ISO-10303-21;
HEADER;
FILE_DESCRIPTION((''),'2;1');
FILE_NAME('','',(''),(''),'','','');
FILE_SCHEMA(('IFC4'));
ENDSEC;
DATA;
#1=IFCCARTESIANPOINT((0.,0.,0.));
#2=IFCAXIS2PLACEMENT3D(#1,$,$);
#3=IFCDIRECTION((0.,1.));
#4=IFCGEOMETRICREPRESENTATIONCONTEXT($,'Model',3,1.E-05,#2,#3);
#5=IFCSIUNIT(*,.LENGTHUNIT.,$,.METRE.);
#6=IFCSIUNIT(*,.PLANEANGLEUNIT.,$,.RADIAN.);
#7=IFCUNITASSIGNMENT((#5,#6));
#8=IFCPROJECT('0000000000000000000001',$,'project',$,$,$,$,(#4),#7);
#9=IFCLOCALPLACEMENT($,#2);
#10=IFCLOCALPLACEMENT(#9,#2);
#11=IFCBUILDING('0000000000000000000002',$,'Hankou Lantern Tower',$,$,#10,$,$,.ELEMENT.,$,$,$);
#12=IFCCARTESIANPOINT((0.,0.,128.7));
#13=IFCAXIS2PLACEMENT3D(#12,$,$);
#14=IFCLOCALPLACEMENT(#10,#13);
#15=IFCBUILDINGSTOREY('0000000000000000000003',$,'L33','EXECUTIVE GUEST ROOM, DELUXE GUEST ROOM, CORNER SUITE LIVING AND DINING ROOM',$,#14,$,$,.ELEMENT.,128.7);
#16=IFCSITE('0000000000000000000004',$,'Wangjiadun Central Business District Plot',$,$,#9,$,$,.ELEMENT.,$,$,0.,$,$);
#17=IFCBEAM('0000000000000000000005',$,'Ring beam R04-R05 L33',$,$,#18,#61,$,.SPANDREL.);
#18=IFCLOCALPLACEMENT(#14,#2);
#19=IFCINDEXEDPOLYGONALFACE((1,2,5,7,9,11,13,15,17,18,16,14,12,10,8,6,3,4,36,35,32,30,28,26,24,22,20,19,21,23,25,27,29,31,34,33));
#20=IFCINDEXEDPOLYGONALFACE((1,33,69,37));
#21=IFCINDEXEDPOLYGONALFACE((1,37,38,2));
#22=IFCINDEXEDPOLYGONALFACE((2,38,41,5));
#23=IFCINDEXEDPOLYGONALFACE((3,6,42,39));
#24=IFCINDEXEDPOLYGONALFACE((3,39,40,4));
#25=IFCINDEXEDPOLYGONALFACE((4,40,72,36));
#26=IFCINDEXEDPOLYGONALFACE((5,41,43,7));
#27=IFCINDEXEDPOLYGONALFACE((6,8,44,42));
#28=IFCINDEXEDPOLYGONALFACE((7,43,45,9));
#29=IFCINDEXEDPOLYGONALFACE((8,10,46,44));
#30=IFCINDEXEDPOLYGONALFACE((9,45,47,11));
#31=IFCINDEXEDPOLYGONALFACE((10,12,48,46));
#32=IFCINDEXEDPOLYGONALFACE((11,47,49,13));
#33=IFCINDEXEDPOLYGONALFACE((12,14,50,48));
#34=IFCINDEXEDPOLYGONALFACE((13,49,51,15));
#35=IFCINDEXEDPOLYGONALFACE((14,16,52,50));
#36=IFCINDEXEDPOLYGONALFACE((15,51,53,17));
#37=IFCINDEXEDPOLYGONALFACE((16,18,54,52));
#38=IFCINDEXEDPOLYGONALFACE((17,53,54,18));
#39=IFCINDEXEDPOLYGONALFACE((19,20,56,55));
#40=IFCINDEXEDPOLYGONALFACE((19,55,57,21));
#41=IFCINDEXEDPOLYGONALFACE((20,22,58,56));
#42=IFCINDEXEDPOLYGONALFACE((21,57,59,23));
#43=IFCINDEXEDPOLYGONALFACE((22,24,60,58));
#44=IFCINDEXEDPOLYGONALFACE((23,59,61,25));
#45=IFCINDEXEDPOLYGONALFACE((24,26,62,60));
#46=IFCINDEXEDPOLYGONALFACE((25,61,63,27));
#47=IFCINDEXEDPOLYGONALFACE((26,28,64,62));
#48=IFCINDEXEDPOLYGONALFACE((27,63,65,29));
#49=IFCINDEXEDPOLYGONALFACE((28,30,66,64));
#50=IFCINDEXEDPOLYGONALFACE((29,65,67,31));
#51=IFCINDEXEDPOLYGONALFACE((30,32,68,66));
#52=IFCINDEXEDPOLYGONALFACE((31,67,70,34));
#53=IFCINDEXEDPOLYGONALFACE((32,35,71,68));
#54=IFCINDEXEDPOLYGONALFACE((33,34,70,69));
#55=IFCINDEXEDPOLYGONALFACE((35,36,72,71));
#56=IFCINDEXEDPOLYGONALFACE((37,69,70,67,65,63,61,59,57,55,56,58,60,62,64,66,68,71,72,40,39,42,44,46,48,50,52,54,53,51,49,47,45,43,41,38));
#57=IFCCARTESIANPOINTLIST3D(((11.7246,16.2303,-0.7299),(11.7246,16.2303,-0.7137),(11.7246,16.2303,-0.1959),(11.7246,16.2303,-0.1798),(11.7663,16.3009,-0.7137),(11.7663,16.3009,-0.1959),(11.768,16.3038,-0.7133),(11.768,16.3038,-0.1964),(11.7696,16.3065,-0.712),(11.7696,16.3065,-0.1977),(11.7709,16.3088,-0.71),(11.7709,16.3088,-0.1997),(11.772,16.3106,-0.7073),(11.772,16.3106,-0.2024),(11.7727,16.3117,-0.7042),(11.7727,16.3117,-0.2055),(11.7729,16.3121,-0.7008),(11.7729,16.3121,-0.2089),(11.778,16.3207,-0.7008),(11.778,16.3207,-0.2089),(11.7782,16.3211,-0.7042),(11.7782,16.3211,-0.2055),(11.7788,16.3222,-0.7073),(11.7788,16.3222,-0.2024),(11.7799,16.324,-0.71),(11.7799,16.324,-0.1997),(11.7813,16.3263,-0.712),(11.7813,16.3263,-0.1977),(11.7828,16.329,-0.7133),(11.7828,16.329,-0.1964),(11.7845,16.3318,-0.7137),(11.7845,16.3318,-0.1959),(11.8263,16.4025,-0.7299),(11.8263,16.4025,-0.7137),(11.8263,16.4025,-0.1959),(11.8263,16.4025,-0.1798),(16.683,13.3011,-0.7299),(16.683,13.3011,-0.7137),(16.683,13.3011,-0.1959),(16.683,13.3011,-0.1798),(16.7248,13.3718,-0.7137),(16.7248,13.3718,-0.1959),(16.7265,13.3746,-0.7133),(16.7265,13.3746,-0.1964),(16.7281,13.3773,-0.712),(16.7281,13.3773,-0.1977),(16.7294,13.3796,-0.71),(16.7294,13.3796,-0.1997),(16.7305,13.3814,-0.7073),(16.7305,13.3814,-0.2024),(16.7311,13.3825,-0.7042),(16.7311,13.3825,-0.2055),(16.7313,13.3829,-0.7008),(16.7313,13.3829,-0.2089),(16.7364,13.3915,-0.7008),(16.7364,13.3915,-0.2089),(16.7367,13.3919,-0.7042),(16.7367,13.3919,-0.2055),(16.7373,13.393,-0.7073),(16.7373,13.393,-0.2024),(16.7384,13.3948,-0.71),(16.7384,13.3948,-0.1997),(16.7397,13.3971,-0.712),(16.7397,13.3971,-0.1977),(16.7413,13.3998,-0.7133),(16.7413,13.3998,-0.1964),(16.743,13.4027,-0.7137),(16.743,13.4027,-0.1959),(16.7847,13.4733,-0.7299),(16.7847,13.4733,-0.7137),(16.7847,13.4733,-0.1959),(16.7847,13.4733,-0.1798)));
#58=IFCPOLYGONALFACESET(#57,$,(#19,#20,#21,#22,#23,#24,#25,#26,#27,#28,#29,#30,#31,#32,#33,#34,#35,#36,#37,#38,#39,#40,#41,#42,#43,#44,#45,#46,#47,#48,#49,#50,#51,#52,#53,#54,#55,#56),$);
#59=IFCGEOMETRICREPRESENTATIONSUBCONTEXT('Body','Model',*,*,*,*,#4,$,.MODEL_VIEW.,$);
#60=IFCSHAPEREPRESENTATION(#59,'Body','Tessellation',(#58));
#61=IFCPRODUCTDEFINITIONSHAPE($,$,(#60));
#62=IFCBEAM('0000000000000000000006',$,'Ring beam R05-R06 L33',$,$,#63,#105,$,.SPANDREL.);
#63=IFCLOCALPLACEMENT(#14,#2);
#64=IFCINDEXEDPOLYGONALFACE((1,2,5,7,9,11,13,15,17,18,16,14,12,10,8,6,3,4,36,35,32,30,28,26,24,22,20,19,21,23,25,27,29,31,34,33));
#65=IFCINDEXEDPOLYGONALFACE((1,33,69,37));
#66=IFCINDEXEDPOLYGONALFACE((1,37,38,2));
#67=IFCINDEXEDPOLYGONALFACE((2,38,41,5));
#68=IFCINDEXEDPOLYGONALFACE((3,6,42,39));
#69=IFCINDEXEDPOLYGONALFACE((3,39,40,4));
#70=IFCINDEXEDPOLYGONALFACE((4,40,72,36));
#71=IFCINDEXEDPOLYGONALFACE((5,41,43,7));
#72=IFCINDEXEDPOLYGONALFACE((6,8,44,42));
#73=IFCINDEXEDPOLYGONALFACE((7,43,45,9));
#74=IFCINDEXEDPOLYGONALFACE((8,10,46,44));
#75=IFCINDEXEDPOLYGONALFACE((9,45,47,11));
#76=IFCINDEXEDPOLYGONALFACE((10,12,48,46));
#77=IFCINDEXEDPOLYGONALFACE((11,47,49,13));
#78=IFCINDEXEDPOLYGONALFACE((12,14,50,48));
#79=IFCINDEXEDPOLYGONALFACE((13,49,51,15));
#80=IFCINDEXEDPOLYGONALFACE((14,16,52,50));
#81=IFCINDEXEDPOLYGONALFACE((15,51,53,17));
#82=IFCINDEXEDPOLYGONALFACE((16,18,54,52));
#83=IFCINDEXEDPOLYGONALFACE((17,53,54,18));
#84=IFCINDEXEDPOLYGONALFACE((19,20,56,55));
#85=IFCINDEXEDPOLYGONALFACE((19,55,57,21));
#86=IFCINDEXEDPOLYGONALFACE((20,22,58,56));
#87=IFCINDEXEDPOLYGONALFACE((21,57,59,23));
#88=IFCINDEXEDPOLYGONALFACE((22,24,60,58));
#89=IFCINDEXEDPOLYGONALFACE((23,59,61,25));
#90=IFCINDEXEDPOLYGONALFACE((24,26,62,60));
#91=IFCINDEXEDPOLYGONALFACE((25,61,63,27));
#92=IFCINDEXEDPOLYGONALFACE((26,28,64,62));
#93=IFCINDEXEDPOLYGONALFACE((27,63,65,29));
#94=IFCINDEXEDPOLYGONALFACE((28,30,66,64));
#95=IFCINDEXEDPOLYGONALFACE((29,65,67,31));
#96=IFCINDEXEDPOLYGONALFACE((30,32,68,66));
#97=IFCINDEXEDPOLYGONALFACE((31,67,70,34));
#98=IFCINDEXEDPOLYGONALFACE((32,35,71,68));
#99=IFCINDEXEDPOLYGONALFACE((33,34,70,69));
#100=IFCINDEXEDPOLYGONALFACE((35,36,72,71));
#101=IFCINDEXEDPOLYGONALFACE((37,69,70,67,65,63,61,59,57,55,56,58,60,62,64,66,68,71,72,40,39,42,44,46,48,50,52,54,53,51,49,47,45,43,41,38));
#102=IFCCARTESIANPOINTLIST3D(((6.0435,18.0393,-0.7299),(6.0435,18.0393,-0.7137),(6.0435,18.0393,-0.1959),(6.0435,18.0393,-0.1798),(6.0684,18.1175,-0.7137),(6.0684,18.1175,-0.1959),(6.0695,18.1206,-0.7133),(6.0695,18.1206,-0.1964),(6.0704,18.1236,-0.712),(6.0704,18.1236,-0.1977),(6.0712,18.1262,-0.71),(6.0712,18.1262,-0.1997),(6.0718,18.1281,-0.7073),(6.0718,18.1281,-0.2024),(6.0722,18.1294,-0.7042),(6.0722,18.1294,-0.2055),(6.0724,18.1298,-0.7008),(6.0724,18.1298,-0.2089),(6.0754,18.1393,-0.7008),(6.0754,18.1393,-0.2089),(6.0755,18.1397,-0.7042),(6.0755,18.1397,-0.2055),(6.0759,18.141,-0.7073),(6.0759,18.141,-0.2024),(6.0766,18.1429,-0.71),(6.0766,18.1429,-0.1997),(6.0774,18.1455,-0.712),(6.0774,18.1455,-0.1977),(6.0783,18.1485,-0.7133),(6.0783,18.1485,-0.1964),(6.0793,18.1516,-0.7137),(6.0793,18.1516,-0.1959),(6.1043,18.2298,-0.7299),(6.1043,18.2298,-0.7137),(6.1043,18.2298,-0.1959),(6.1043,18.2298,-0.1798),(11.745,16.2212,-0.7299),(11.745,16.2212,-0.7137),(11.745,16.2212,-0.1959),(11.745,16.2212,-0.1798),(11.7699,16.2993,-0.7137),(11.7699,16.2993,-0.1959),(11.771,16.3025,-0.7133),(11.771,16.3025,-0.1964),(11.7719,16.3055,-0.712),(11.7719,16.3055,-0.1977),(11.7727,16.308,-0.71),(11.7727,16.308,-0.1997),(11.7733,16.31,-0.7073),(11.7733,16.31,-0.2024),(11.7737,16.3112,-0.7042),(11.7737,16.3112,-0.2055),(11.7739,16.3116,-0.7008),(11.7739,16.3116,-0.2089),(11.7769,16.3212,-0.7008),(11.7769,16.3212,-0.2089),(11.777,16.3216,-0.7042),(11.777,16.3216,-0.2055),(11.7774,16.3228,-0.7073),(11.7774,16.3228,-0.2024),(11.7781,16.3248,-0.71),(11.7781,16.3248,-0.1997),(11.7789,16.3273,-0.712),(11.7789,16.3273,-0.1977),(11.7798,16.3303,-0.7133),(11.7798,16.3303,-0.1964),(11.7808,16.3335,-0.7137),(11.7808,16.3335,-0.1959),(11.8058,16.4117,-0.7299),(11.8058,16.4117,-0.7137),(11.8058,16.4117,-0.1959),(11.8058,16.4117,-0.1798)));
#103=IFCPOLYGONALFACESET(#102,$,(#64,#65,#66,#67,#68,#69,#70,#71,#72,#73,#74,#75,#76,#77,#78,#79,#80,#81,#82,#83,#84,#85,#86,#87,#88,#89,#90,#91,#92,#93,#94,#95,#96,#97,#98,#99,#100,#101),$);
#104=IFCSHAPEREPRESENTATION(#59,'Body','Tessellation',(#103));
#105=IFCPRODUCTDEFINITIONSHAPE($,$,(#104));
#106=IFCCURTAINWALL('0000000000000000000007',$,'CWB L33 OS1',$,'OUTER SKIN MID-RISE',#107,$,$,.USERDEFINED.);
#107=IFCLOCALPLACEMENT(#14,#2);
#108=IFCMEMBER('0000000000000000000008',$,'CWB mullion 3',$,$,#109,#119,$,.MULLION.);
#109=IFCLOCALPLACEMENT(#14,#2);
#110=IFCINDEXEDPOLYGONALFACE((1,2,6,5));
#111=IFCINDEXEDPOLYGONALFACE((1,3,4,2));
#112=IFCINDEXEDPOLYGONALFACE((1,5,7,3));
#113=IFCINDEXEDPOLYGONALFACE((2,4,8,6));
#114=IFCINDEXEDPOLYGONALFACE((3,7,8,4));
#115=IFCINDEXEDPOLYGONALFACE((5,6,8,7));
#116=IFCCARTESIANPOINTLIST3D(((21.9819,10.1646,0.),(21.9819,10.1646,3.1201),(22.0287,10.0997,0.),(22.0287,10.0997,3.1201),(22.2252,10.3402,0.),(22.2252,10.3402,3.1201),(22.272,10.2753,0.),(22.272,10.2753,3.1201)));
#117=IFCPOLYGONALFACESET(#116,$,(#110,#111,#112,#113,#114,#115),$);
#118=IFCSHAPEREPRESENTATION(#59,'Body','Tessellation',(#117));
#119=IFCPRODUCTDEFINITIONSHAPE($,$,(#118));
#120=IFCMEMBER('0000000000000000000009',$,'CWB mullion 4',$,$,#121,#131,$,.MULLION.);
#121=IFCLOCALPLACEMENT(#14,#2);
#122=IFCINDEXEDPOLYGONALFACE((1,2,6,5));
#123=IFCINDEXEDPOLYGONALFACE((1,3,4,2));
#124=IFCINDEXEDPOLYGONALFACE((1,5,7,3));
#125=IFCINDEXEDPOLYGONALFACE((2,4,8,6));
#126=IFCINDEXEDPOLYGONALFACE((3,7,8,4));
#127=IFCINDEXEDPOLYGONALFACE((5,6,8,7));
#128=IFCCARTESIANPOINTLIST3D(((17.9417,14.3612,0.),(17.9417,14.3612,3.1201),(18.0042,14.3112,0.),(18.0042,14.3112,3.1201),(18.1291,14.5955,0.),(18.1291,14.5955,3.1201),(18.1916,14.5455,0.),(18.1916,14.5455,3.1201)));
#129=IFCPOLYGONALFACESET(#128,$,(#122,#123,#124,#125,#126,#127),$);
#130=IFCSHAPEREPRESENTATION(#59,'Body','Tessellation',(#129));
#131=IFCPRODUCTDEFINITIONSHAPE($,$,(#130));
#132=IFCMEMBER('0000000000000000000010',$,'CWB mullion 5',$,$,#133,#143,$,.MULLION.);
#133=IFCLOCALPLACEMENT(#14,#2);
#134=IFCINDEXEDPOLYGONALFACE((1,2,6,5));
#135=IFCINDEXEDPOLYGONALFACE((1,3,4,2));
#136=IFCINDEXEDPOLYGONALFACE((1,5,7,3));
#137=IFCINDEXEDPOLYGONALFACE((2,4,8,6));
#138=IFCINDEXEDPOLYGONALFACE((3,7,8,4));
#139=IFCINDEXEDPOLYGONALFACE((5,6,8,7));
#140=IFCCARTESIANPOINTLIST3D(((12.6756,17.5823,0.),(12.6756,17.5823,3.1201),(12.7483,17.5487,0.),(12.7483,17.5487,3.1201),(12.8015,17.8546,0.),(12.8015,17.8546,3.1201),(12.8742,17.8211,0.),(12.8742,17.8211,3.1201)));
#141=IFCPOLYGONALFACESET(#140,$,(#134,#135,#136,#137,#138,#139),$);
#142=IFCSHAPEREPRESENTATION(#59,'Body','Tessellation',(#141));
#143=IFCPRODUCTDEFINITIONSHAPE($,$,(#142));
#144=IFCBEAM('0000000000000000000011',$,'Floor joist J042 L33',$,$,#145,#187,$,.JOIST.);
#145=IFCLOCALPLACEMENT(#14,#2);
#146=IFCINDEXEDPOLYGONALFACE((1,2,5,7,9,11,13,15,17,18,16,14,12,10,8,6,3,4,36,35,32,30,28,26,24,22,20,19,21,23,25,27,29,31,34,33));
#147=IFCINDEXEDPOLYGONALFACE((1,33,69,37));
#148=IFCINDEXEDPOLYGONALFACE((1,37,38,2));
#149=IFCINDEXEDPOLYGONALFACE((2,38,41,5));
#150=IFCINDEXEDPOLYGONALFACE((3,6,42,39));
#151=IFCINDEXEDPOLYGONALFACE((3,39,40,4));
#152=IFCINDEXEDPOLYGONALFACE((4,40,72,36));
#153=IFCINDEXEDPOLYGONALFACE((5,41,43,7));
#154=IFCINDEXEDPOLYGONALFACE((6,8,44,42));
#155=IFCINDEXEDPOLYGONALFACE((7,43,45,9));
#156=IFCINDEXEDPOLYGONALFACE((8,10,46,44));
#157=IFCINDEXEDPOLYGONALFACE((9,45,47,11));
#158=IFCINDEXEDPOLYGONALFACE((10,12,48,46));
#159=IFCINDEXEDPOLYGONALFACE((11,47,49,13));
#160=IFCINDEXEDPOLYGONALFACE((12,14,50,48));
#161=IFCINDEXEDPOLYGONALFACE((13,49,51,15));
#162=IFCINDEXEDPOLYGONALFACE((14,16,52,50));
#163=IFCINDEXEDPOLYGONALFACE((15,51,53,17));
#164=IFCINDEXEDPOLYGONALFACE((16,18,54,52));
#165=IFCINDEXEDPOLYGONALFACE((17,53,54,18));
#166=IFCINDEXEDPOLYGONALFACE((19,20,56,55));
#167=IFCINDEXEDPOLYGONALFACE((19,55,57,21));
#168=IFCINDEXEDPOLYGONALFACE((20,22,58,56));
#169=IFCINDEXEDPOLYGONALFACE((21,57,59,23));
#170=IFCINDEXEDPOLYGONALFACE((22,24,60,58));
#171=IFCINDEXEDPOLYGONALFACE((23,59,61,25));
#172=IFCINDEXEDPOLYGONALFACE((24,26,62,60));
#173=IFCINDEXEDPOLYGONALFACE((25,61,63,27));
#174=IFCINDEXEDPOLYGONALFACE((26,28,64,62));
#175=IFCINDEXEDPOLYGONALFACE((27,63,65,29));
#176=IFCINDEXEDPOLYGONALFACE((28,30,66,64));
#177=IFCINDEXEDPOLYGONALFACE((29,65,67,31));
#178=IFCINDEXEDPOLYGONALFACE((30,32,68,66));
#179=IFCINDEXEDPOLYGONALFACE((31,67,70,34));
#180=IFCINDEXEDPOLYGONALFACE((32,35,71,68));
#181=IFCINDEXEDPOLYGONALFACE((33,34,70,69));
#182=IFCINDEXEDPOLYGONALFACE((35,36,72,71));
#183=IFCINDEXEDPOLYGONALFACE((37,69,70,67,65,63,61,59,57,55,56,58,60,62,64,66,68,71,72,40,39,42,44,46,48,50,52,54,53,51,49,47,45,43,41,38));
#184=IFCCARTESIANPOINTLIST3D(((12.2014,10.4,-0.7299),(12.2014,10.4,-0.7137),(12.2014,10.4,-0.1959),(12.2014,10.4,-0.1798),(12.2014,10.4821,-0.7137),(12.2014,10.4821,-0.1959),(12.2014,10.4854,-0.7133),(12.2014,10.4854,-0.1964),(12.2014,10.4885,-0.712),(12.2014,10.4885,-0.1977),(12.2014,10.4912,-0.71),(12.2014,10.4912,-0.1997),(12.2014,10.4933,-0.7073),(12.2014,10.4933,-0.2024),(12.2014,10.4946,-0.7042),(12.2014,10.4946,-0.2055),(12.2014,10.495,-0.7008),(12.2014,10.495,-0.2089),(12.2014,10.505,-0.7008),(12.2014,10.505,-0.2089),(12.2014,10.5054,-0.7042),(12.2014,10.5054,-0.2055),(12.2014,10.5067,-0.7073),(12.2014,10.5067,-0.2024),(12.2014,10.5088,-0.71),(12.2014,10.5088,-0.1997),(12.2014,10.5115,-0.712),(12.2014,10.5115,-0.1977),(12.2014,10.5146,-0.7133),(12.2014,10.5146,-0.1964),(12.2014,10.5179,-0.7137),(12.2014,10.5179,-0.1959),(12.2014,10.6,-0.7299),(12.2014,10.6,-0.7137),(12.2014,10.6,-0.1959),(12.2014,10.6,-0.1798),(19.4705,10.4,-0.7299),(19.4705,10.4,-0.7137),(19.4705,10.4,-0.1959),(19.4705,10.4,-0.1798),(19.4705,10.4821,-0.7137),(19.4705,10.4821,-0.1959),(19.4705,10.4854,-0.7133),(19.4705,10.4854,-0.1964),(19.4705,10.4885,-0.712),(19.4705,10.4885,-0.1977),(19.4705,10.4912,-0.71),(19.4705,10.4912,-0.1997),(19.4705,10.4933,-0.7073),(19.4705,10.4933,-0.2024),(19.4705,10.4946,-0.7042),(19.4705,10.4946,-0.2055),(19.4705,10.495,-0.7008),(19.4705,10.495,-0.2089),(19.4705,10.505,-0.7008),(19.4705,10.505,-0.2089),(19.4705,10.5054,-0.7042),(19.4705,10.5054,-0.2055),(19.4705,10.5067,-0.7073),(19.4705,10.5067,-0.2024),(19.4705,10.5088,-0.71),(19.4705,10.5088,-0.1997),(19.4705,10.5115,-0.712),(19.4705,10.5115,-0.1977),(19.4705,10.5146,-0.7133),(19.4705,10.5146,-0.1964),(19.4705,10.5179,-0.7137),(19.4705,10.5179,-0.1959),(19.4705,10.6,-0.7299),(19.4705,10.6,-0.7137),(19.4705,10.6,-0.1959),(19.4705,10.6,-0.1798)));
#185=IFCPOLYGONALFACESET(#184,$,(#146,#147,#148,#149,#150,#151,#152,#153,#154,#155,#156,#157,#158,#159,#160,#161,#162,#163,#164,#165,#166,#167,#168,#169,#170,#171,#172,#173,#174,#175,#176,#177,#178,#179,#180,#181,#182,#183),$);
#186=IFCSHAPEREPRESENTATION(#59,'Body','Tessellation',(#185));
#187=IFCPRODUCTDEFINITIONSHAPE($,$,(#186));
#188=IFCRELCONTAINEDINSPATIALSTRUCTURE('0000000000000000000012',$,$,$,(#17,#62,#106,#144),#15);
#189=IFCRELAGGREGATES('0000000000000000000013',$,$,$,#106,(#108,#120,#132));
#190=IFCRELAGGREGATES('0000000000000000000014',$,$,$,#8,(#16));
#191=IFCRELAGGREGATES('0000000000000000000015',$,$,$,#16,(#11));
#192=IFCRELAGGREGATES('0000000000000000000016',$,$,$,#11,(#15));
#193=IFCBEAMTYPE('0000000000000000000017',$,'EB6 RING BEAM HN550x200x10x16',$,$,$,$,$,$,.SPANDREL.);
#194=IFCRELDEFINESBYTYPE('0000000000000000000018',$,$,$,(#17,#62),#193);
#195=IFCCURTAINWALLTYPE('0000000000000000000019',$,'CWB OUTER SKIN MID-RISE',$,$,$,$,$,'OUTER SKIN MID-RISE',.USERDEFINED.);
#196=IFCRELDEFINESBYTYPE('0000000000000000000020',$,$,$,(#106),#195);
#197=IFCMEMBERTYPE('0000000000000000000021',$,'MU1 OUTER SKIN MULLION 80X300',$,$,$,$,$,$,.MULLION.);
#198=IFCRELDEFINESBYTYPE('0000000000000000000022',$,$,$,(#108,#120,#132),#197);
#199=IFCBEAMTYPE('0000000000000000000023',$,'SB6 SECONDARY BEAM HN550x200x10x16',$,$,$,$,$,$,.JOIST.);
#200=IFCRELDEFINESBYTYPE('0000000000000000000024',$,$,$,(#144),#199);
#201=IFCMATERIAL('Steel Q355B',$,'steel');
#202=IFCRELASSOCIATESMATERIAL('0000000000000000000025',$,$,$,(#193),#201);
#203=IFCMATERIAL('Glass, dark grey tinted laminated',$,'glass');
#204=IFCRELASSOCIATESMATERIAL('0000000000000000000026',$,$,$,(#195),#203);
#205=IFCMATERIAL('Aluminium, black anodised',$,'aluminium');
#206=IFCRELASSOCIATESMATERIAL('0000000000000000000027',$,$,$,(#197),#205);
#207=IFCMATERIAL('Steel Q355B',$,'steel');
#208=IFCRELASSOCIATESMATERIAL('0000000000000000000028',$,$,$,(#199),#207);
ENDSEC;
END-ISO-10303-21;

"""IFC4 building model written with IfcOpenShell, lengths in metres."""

from ifc_helpers import new_model, si_unit, direction, frame, origin, origin_2d, place, context, subcontext, project, spatial, rectangle, i_section, extrude, material, material_profile, profile_set, type_object, element, aggregate, save


model = new_model("IFC4")

# Units and contexts
model_context = context("Model", 3, precision=1e-05, world=origin(), true_north=direction((0.0, 1.0)))
body_context = subcontext(model_context, "Body", "Model", "MODEL_VIEW")
ifc_project = project(units=[si_unit("LENGTHUNIT", "METRE"), si_unit("PLANEANGLEUNIT", "RADIAN")], contexts=[model_context])

# Site, building, storey
site_placement = place(None, origin())
site = spatial("IfcSite", under=ifc_project, at=site_placement, Name="Wangjiadun Central Business District Plot", CompositionType="ELEMENT", RefElevation=0.0)
building_placement = place(site_placement, origin())
building = spatial("IfcBuilding", under=site, at=building_placement, Name="Hankou Lantern Tower", CompositionType="ELEMENT")
storey_placement = place(building_placement, frame((0.0, 0.0, 128.7)))
storey = spatial("IfcBuildingStorey", under=building, at=storey_placement, Name="L33", Description="EXECUTIVE GUEST ROOM, DELUXE GUEST ROOM, CORNER SUITE LIVING AND DINING ROOM", CompositionType="ELEMENT", Elevation=128.7)

# Beams
ifc_material_1 = material(Name="Steel Q355B", Category="steel")
ifc_material_profile_1 = material_profile(ifc_material_1, i_section(OverallWidth=0.2, OverallDepth=0.55, WebThickness=0.01, FlangeThickness=0.0161, FilletRadius=0.0129, at=origin_2d()), Name="HN550x200x10x16")
ifc_profile_set_1 = profile_set([ifc_material_profile_1], Name="Steel Q355B")
beam_type_1 = type_object("IfcBeamType", Name="EB6 RING BEAM HN550x200x10x16", PredefinedType="SPANDREL", material=ifc_profile_set_1)
beam_1_placement = place(storey_placement, frame((16.7339, 13.3872, -0.4548), z_axis=(-0.860989, 0.508624, 0.0), x_axis=(-0.508624, -0.860989, 0.0)))
element("IfcBeam", 1, at=beam_1_placement, inside=storey, type_object=beam_type_1, Name="Ring beam R04-R05 L33", PredefinedType="SPANDREL", context=body_context, shape_type="SweptSolid", body=[
    extrude(i_section(OverallWidth=0.2, OverallDepth=0.55, WebThickness=0.01, FlangeThickness=0.0161, FilletRadius=0.0129, at=origin_2d()), origin(), (0.0, 0.0, 1.0), 5.759),
])
beam_2_placement = place(storey_placement, frame((11.7754, 16.3164, -0.4548), z_axis=(-0.952731, 0.303815, 0.0), x_axis=(-0.303815, -0.952731, 0.0)))
element("IfcBeam", 2, at=beam_2_placement, inside=storey, type_object=beam_type_1, Name="Ring beam R05-R06 L33", PredefinedType="SPANDREL", context=body_context, shape_type="SweptSolid", body=[
    extrude(i_section(OverallWidth=0.2, OverallDepth=0.55, WebThickness=0.01, FlangeThickness=0.0161, FilletRadius=0.0129, at=origin_2d()), origin(), (0.0, 0.0, 1.0), 5.9844),
])

# Curtain wall, members
ifc_material_2 = material(Name="Glass, dark grey tinted laminated", Category="glass")
curtain_wall_type = type_object("IfcCurtainWallType", Name="CWB OUTER SKIN MID-RISE", ElementType="OUTER SKIN MID-RISE", PredefinedType="USERDEFINED", material=ifc_material_2)
curtain_wall_placement = place(storey_placement, origin())
curtain_wall = element("IfcCurtainWall", 3, at=curtain_wall_placement, inside=storey, type_object=curtain_wall_type, Name="CWB L33 OS1", ObjectType="OUTER SKIN MID-RISE", PredefinedType="USERDEFINED")
ifc_material_3 = material(Name="Aluminium, black anodised", Category="aluminium")
ifc_material_profile_2 = material_profile(ifc_material_3, rectangle(XDim=0.0801, YDim=0.3, at=origin_2d()), Name="MU1 80X300")
ifc_profile_set_2 = profile_set([ifc_material_profile_2], Name="Aluminium, black anodised")
member_type_1 = type_object("IfcMemberType", Name="MU1 OUTER SKIN MULLION 80X300", PredefinedType="MULLION", material=ifc_profile_set_2)
member_1_placement = place(storey_placement, frame((22.127, 10.22, 0.0), z_axis=(0.0, 0.0, 1.0), x_axis=(-0.585206, 0.810885, 0.0)))
member_1 = element("IfcMember", 4, at=member_1_placement, type_object=member_type_1, Name="CWB mullion 3", PredefinedType="MULLION", context=body_context, shape_type="SweptSolid", body=[
    extrude(rectangle(XDim=0.0801, YDim=0.3, at=origin_2d()), origin(), (0.0, 0.0, 1.0), 3.1201),
])
member_2_placement = place(storey_placement, frame((18.0667, 14.4534, 0.0), z_axis=(0.0, 0.0, 1.0), x_axis=(-0.780869, 0.624695, 0.0)))
member_2 = element("IfcMember", 5, at=member_2_placement, type_object=member_type_1, Name="CWB mullion 4", PredefinedType="MULLION", context=body_context, shape_type="SweptSolid", body=[
    extrude(rectangle(XDim=0.0801, YDim=0.3, at=origin_2d()), origin(), (0.0, 0.0, 1.0), 3.1201),
])
member_3_placement = place(storey_placement, frame((12.7749, 17.7017, 0.0), z_axis=(0.0, 0.0, 1.0), x_axis=(-0.907841, 0.419314, 0.0)))
member_3 = element("IfcMember", 6, at=member_3_placement, type_object=member_type_1, Name="CWB mullion 5", PredefinedType="MULLION", context=body_context, shape_type="SweptSolid", body=[
    extrude(rectangle(XDim=0.0801, YDim=0.3, at=origin_2d()), origin(), (0.0, 0.0, 1.0), 3.1201),
])

# Beam
ifc_material_4 = material(Name="Steel Q355B", Category="steel")
ifc_material_profile_3 = material_profile(ifc_material_4, i_section(OverallWidth=0.2, OverallDepth=0.55, WebThickness=0.01, FlangeThickness=0.0161, FilletRadius=0.0129, at=origin_2d()), Name="HN550x200x10x16")
ifc_profile_set_3 = profile_set([ifc_material_profile_3], Name="Steel Q355B")
beam_type_2 = type_object("IfcBeamType", Name="SB6 SECONDARY BEAM HN550x200x10x16", PredefinedType="JOIST", material=ifc_profile_set_3)
beam_3_placement = place(storey_placement, frame((12.2014, 10.5, -0.4548), z_axis=(1.0, 0.0, 0.0), x_axis=(0.0, 1.0, 0.0)))
element("IfcBeam", 7, at=beam_3_placement, inside=storey, type_object=beam_type_2, Name="Floor joist J042 L33", PredefinedType="JOIST", context=body_context, shape_type="SweptSolid", body=[
    extrude(i_section(OverallWidth=0.2, OverallDepth=0.55, WebThickness=0.01, FlangeThickness=0.0161, FilletRadius=0.0129, at=origin_2d()), origin(), (0.0, 0.0, 1.0), 7.269),
])

aggregate(curtain_wall, [member_1, member_2, member_3])

save(model, "model.ifc")
